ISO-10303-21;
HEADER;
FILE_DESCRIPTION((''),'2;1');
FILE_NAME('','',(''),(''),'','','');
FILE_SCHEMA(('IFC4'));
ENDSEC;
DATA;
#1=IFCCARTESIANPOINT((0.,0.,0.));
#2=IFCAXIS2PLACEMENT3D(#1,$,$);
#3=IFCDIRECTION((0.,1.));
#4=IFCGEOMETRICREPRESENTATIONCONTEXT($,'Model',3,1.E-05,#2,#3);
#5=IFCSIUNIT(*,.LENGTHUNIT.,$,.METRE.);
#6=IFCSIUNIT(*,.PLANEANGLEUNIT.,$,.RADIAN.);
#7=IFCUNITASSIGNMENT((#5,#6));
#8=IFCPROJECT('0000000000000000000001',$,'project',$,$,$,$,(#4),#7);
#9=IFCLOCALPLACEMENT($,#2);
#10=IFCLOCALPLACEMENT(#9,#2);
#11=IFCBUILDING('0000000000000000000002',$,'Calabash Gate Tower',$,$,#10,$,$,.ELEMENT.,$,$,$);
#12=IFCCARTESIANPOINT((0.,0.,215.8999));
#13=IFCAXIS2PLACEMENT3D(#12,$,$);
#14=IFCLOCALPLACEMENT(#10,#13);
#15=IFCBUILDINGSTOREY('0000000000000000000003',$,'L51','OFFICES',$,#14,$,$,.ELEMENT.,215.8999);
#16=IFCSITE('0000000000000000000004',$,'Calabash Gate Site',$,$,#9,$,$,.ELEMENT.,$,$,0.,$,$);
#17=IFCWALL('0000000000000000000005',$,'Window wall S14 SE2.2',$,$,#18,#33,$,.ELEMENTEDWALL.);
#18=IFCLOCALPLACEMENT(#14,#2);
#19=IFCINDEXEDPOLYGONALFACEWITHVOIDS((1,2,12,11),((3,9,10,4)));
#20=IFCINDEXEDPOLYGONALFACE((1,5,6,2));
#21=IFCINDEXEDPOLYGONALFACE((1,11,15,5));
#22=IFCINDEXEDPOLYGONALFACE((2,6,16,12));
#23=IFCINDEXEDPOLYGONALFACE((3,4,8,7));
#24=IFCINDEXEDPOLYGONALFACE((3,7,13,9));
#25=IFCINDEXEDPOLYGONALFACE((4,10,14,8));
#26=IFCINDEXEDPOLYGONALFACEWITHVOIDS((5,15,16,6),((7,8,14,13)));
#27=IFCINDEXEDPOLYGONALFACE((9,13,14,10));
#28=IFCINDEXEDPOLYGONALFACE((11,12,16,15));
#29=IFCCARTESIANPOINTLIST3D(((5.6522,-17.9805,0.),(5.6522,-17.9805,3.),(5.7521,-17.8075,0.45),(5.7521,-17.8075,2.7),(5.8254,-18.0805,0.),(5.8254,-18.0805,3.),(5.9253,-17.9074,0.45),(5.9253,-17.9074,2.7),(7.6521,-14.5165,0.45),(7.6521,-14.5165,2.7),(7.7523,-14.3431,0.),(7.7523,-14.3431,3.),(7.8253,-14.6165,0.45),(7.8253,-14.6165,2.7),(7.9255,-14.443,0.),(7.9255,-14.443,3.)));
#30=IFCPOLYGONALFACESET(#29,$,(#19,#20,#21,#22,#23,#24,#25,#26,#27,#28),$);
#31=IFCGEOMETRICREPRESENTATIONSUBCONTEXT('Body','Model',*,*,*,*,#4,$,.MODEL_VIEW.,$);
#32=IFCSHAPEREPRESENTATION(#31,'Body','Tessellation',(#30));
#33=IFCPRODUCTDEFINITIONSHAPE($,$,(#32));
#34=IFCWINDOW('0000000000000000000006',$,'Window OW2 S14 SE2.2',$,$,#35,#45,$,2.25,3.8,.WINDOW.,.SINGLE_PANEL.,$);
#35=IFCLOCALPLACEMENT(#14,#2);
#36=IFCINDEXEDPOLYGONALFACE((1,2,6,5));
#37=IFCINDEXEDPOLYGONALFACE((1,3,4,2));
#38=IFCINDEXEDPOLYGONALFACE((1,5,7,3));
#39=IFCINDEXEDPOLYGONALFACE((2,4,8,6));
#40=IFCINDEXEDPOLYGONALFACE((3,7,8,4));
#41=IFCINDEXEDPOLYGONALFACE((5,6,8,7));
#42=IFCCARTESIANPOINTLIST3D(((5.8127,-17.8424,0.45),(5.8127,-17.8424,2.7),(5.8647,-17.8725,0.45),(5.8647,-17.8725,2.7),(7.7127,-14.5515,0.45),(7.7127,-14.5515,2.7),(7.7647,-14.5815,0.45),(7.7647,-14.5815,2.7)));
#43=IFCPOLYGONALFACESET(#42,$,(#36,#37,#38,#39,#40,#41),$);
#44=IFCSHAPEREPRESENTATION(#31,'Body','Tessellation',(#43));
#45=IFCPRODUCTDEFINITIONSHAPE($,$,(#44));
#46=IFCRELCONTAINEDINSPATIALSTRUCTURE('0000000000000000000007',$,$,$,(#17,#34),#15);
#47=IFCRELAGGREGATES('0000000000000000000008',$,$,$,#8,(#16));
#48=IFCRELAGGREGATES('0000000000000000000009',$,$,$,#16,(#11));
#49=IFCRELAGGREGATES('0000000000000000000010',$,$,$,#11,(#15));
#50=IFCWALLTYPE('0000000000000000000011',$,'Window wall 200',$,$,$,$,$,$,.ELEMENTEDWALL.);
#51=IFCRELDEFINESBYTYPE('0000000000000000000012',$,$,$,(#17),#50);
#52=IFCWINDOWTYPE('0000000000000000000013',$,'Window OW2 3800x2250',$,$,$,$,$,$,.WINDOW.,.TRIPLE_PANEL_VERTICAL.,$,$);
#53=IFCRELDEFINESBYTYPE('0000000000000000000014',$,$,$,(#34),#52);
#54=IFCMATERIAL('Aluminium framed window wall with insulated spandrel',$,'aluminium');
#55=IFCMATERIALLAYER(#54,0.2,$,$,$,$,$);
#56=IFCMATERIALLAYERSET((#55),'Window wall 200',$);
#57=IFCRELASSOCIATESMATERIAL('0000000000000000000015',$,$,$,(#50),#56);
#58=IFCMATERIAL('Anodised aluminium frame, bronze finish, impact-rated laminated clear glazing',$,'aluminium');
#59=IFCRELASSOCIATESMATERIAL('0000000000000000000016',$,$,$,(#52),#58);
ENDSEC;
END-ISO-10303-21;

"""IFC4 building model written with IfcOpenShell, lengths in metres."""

from ifc_helpers import new_model, si_unit, direction, frame, frame_2d, origin, place, context, subcontext, project, spatial, rectangle, extrude, material, layer, layer_set, type_object, element, fill, save


model = new_model("IFC4")

# Units and contexts
model_context = context("Model", 3, precision=1e-05, world=origin(), true_north=direction((0.0, 1.0)))
body_context = subcontext(model_context, "Body", "Model", "MODEL_VIEW")
ifc_project = project(units=[si_unit("LENGTHUNIT", "METRE"), si_unit("PLANEANGLEUNIT", "RADIAN")], contexts=[model_context])

# Site, building, storey
site_placement = place(None, origin())
site = spatial("IfcSite", under=ifc_project, at=site_placement, Name="Calabash Gate Site", CompositionType="ELEMENT", RefElevation=0.0)
building_placement = place(site_placement, origin())
building = spatial("IfcBuilding", under=site, at=building_placement, Name="Calabash Gate Tower", CompositionType="ELEMENT")
storey_placement = place(building_placement, frame((0.0, 0.0, 215.8999)))
storey = spatial("IfcBuildingStorey", under=building, at=storey_placement, Name="L51", Description="OFFICES", CompositionType="ELEMENT", Elevation=215.8999)

# Shared definitions
ifc_material_1 = material(Name="Aluminium framed window wall with insulated spandrel", Category="aluminium")
ifc_layer_1 = layer(ifc_material_1, 0.2)
ifc_layer_set_1 = layer_set([ifc_layer_1], Name="Window wall 200")
wall_type_1 = type_object("IfcWallType", Name="Window wall 200", PredefinedType="ELEMENTEDWALL", material=ifc_layer_set_1)

# Wall, opening, window
wall_1_placement = place(storey_placement, frame((5.7388, -18.0305, 0.0), z_axis=(0.0, 0.0, 1.0), x_axis=(0.500003, 0.866024, 0.0)))
wall_1 = element("IfcWall", 1, at=wall_1_placement, inside=storey, type_object=wall_type_1, Name="Window wall S14 SE2.2", PredefinedType="ELEMENTEDWALL", context=body_context, shape_type="SweptSolid", body=[
    extrude(rectangle(XDim=4.2002, YDim=0.2, at=frame_2d((2.1001, 0.0))), origin(), (0.0, 0.0, 1.0), 3.0),
])
opening_1_placement = place(wall_1_placement, frame((0.2, 0.0, 0.45)))
opening_1 = element("IfcOpeningElement", 2, at=opening_1_placement, cuts=wall_1, PredefinedType="OPENING", context=body_context, shape_type="SweptSolid", body=[
    extrude(rectangle(XDim=3.8, YDim=2.25, at=frame_2d((1.8999, 1.125))), frame((0.0, 0.1099, 0.0), z_axis=(0.0, -1.0, 0.0), x_axis=(1.0, 0.0, 0.0)), (0.0, 0.0, 1.0), 0.22),
])
ifc_material_2 = material(Name="Anodised aluminium frame, bronze finish, impact-rated laminated clear glazing", Category="aluminium")
window_type_1 = type_object("IfcWindowType", Name="Window OW2 3800x2250", PartitioningType="TRIPLE_PANEL_VERTICAL", PredefinedType="WINDOW", material=ifc_material_2)
window_1_placement = place(opening_1_placement, origin())
window_1 = element("IfcWindow", 3, at=window_1_placement, inside=storey, type_object=window_type_1, Name="Window OW2 S14 SE2.2", OverallHeight=2.25, OverallWidth=3.8, PartitioningType="SINGLE_PANEL", PredefinedType="WINDOW", context=body_context, shape_type="SweptSolid", body=[
    extrude(rectangle(XDim=3.8, YDim=2.25, at=frame_2d((1.8999, 1.125))), frame((0.0, 0.03, 0.0), z_axis=(0.0, -1.0, 0.0), x_axis=(1.0, 0.0, 0.0)), (0.0, 0.0, 1.0), 0.0601),
])
fill(opening_1, window_1)

save(model, "model.ifc")
